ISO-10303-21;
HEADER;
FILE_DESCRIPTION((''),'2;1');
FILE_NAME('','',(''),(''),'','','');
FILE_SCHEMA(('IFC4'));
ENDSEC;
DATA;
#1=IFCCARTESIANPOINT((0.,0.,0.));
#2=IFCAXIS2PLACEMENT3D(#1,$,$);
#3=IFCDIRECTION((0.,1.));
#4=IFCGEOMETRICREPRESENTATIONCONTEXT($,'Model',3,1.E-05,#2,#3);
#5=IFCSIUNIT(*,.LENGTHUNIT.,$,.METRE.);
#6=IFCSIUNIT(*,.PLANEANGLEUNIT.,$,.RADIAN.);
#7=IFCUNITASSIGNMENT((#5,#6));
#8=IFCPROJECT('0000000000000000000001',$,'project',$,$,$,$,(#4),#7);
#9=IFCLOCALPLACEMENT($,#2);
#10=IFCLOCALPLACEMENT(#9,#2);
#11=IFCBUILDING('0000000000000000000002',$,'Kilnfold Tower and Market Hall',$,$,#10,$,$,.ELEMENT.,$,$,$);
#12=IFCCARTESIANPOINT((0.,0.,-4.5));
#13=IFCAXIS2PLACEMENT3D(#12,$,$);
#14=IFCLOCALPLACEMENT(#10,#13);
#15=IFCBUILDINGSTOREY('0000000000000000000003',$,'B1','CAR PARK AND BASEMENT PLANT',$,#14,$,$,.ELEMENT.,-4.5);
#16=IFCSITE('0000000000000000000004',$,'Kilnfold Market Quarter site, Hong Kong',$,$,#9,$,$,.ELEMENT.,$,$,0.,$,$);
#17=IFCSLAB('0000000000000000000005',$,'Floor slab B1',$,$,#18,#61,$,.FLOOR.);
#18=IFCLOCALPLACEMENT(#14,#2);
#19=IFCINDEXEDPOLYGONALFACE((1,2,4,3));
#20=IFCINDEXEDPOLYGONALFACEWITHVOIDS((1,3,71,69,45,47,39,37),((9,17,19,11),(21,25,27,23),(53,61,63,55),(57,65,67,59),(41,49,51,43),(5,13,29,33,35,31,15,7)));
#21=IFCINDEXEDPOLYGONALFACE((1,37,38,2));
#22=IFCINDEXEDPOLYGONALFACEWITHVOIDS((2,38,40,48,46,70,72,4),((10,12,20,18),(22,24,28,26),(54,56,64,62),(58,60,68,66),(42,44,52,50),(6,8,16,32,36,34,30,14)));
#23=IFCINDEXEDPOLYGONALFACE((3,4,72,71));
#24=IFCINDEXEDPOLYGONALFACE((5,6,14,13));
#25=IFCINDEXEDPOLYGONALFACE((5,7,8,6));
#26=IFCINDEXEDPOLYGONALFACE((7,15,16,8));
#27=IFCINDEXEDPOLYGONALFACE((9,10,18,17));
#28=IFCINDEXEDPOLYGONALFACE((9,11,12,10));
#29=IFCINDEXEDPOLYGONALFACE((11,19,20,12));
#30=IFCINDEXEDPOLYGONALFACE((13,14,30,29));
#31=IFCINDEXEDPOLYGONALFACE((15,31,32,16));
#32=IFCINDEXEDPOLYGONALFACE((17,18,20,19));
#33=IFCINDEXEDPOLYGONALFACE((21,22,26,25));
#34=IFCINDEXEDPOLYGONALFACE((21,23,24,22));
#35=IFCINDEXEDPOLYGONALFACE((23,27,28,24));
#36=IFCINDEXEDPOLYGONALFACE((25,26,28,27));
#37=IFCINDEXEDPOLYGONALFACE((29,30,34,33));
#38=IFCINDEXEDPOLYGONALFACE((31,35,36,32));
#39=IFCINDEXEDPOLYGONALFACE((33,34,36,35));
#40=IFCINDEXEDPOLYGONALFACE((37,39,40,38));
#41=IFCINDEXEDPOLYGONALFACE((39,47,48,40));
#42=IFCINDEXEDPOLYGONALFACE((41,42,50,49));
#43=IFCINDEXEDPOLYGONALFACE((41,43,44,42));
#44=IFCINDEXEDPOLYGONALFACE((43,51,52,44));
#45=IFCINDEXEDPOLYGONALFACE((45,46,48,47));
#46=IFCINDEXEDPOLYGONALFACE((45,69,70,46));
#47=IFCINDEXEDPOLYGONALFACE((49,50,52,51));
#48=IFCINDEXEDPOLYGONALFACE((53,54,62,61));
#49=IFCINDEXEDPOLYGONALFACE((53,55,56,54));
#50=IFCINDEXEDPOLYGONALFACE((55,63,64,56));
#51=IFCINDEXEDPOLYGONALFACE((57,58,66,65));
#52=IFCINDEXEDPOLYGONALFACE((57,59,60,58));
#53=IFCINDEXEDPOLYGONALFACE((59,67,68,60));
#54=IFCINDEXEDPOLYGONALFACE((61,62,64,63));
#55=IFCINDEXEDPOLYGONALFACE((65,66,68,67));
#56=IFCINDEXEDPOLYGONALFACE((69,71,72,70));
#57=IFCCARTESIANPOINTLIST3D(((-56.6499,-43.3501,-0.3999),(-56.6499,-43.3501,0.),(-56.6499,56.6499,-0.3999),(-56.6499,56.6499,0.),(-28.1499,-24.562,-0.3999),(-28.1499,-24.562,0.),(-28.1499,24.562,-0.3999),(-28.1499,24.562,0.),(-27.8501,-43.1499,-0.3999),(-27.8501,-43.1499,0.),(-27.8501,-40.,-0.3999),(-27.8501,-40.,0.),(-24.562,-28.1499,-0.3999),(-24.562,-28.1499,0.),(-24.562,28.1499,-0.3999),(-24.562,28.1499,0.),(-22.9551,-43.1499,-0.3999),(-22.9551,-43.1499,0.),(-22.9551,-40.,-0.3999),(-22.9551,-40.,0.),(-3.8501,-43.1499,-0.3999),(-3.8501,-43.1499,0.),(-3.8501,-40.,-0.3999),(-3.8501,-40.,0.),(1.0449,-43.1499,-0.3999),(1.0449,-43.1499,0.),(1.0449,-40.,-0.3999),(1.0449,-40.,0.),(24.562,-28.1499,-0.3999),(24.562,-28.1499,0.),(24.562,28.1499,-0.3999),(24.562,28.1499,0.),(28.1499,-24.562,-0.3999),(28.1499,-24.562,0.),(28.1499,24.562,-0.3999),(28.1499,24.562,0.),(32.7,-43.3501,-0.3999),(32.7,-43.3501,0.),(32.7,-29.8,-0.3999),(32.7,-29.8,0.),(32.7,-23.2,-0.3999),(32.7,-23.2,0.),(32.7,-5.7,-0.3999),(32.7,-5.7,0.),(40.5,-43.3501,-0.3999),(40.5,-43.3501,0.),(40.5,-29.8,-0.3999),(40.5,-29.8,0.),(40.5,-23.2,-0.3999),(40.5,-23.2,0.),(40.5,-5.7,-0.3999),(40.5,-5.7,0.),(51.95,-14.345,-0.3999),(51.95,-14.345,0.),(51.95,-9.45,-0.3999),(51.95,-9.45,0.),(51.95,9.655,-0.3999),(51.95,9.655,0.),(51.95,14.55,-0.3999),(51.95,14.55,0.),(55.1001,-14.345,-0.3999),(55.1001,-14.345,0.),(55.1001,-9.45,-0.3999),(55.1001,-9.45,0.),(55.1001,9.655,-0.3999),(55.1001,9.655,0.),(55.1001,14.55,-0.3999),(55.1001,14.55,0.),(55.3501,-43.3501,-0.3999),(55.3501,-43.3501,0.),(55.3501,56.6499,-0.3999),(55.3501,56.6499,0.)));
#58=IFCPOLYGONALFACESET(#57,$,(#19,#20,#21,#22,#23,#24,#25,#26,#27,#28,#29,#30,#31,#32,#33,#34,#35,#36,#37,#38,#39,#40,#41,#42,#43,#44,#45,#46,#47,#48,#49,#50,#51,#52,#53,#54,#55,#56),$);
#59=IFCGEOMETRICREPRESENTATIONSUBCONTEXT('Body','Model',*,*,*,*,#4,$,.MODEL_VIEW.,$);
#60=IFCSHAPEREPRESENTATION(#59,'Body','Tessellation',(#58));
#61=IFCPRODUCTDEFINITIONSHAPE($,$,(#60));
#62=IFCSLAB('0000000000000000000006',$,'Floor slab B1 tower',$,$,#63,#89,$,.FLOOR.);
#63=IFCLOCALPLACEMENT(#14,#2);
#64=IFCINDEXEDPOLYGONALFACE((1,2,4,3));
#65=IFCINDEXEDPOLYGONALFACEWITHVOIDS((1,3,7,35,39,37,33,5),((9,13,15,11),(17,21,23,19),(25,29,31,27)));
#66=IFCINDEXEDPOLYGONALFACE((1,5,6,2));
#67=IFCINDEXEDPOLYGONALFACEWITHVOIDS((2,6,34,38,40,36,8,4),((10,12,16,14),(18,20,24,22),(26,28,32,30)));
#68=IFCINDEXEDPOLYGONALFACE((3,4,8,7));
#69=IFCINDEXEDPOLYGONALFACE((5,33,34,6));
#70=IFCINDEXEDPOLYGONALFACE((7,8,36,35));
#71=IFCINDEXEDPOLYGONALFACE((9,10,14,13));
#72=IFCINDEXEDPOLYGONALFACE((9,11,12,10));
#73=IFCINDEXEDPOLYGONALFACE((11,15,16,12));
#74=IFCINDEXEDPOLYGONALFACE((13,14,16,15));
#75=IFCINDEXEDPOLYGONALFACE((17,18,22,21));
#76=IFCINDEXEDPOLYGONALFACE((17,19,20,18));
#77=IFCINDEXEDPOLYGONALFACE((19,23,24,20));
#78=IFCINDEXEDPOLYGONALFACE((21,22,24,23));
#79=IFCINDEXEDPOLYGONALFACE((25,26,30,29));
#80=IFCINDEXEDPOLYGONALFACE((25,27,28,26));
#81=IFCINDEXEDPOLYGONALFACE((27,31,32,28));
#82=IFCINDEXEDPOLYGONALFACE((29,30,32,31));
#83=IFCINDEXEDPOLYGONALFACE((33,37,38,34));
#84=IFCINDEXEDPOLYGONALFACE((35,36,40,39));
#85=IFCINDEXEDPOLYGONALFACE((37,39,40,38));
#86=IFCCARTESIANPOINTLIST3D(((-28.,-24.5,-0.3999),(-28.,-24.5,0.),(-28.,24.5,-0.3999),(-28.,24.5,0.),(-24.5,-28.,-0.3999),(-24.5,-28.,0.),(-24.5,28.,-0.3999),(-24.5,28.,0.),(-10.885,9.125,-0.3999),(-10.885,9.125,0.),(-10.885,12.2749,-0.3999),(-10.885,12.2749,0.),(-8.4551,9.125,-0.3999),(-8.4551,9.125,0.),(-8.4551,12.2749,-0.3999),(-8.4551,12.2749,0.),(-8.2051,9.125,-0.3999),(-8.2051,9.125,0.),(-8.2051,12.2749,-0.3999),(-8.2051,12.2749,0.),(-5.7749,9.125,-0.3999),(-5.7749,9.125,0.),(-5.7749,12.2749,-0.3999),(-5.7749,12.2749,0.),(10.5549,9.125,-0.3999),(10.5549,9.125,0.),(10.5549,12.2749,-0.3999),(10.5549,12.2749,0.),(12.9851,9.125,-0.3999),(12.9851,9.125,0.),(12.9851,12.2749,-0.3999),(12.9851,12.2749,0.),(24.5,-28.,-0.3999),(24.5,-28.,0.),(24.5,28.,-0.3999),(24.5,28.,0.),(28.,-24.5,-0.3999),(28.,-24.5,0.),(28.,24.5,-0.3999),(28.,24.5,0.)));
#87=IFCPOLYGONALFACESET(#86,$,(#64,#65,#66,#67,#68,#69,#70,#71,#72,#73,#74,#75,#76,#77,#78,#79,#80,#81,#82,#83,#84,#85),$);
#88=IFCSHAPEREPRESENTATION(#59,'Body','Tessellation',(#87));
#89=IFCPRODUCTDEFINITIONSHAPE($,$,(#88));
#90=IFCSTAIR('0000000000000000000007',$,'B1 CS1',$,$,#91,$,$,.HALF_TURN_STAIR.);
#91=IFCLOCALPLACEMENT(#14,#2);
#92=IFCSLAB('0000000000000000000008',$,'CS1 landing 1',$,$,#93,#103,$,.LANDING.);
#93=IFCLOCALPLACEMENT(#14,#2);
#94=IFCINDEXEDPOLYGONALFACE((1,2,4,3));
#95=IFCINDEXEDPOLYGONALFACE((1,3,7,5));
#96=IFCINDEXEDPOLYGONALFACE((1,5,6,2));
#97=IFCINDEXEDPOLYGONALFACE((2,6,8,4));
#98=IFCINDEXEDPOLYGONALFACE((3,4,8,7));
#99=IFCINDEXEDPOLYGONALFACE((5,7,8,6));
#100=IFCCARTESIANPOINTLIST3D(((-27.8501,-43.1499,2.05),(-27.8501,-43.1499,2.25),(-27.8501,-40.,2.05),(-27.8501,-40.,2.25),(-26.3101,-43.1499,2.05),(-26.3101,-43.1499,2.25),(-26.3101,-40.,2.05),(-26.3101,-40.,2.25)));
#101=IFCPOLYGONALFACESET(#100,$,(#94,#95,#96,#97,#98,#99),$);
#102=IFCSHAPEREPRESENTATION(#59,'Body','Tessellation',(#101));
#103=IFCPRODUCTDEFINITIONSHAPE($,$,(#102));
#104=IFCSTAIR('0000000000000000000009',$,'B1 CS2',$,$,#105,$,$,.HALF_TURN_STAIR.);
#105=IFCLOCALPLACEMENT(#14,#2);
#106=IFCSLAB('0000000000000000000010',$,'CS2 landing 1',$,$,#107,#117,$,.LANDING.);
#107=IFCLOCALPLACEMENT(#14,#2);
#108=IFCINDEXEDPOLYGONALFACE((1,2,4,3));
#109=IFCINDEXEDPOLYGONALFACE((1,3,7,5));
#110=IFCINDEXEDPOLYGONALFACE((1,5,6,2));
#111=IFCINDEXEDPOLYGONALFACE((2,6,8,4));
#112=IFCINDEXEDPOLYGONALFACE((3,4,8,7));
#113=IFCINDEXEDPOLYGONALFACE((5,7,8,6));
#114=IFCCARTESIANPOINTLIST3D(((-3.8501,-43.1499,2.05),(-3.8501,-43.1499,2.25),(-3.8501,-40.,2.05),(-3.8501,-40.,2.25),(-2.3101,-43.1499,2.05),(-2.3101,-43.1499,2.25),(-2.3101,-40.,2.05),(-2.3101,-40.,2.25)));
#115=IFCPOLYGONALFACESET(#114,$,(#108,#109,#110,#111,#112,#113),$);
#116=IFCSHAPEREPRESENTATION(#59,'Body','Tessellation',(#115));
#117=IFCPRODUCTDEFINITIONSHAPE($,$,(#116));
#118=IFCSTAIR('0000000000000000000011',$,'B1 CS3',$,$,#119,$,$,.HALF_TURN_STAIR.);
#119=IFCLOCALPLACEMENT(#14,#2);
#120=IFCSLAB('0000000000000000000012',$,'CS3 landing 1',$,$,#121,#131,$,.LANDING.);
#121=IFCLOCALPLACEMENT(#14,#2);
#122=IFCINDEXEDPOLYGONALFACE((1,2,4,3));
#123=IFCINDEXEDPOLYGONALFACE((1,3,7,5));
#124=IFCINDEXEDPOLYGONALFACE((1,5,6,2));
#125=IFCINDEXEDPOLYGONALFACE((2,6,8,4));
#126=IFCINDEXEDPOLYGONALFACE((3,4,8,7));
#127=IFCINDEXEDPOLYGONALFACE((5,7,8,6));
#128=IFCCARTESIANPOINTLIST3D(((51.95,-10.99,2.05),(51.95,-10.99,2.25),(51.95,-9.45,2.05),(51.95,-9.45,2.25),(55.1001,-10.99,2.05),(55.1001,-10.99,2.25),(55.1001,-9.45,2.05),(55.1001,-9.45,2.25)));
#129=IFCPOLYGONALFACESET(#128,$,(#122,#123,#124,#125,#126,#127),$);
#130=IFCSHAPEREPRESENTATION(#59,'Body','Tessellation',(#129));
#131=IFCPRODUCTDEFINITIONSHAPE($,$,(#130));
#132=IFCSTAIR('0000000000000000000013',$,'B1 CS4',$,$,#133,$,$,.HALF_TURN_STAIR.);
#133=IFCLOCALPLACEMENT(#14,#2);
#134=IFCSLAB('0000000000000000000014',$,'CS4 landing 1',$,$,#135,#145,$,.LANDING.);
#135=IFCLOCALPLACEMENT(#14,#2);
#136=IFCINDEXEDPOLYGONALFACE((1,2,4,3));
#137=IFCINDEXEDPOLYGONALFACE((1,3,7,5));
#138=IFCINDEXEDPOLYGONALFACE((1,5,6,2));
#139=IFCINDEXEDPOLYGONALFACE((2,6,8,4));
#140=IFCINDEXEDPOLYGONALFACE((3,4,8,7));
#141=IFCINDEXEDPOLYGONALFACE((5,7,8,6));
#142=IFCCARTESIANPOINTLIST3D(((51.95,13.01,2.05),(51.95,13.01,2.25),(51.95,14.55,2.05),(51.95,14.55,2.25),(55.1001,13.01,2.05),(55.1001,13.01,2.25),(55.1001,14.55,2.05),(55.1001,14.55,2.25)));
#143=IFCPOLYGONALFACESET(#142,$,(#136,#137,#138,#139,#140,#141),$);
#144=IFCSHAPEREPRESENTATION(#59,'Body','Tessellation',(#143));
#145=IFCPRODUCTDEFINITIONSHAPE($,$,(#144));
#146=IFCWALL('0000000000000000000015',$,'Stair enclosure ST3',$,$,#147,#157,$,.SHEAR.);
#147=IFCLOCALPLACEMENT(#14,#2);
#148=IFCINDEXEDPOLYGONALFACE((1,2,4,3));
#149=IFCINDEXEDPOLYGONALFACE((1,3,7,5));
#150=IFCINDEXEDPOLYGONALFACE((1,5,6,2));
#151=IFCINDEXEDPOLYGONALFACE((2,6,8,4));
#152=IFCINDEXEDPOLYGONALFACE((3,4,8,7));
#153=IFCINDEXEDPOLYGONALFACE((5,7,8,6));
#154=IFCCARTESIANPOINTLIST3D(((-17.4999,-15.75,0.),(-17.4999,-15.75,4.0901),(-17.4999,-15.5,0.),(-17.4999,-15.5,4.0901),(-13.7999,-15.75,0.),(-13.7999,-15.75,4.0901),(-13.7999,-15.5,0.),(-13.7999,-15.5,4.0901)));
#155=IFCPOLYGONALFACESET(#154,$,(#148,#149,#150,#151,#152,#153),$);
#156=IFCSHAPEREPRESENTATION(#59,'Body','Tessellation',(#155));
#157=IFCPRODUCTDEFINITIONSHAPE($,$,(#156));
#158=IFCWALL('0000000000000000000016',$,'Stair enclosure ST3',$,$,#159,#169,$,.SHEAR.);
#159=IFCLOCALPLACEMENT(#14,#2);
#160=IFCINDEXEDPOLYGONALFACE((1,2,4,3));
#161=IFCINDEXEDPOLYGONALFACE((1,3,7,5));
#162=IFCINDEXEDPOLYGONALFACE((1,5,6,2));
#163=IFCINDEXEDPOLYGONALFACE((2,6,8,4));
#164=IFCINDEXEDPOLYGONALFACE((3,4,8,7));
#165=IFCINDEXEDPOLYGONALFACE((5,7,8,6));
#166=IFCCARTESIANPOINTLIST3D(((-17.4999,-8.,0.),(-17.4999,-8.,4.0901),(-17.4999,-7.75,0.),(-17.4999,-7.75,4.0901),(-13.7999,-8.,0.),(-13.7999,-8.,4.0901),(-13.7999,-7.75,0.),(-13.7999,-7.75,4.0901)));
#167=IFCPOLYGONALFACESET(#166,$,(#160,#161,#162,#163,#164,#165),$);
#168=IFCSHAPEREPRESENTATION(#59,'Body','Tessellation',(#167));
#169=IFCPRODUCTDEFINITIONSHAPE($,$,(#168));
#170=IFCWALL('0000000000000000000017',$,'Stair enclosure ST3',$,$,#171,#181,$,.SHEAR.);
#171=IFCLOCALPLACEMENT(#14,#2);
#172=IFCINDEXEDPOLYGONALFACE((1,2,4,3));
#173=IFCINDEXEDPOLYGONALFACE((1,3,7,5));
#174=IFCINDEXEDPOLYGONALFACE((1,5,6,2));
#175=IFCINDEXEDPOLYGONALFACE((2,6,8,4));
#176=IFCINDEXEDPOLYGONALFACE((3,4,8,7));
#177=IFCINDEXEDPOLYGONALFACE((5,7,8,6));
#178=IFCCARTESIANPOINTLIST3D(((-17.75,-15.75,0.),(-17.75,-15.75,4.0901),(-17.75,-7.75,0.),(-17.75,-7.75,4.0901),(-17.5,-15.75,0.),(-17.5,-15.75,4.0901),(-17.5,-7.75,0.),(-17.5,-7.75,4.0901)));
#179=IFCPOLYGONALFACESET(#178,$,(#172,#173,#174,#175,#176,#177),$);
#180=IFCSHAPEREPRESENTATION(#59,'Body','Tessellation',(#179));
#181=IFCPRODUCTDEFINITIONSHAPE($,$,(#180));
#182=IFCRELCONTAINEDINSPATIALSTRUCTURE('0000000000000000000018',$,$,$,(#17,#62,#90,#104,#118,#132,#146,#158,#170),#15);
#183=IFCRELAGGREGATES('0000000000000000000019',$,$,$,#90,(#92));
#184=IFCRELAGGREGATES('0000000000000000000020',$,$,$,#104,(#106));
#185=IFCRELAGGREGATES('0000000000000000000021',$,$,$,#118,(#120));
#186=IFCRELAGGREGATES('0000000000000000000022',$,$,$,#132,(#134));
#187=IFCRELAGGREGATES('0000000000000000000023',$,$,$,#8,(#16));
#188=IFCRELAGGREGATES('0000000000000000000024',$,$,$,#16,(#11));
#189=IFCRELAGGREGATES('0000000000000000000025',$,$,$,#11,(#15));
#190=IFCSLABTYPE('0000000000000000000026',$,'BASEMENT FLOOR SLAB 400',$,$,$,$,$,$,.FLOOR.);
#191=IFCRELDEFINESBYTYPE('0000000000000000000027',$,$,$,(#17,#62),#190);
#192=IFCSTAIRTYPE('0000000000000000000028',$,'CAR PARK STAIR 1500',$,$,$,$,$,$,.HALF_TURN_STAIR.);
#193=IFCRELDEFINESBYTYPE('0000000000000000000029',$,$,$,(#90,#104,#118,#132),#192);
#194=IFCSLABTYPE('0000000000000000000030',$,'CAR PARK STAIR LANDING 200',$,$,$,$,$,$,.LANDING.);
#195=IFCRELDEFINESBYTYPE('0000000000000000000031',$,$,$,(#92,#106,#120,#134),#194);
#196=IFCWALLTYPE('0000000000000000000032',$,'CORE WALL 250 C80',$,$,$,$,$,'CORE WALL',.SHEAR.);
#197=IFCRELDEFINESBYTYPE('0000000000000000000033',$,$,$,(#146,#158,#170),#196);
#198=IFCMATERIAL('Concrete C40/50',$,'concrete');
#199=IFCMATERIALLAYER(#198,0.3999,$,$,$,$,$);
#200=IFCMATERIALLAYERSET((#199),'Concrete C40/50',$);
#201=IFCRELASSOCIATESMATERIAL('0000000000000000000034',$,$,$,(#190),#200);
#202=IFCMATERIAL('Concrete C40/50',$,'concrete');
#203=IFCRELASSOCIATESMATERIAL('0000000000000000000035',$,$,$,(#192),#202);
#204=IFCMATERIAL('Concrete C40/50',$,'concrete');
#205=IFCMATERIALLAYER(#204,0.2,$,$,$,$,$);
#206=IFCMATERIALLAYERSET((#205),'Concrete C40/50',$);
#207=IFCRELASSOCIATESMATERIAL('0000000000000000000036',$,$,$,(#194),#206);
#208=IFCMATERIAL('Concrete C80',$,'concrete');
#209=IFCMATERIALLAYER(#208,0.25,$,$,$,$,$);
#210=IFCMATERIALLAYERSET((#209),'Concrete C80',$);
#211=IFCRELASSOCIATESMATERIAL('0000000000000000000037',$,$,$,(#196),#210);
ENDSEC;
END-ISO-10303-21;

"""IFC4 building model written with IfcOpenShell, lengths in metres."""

from ifc_helpers import new_model, si_unit, direction, frame, frame_2d, origin, place, context, subcontext, project, spatial, polyline, rectangle, outline, extrude, source, transform, mapped, material, layer, layer_set, type_object, element, aggregate, save


model = new_model("IFC4")

# Units and contexts
model_context = context("Model", 3, precision=1e-05, world=origin(), true_north=direction((0.0, 1.0)))
body_context = subcontext(model_context, "Body", "Model", "MODEL_VIEW")
ifc_project = project(units=[si_unit("LENGTHUNIT", "METRE"), si_unit("PLANEANGLEUNIT", "RADIAN")], contexts=[model_context])

# Site, building, storey
site_placement = place(None, origin())
site = spatial("IfcSite", under=ifc_project, at=site_placement, Name="Kilnfold Market Quarter site, Hong Kong", CompositionType="ELEMENT", RefElevation=0.0)
building_placement = place(site_placement, origin())
building = spatial("IfcBuilding", under=site, at=building_placement, Name="Kilnfold Tower and Market Hall", CompositionType="ELEMENT")
storey_placement = place(building_placement, frame((0.0, 0.0, -4.5)))
storey = spatial("IfcBuildingStorey", under=building, at=storey_placement, Name="B1", Description="CAR PARK AND BASEMENT PLANT", CompositionType="ELEMENT", Elevation=-4.5)

# Slabs
ifc_material_1 = material(Name="Concrete C40/50", Category="concrete")
ifc_layer_1 = layer(ifc_material_1, 0.3999)
ifc_layer_set_1 = layer_set([ifc_layer_1], Name="Concrete C40/50")
slab_type_1 = type_object("IfcSlabType", Name="BASEMENT FLOOR SLAB 400", PredefinedType="FLOOR", material=ifc_layer_set_1)
shared_shape_1 = source(origin(), body_context, "Body", "SweptSolid", [
    extrude(outline(polyline([(-56.6499, -43.3501), (32.7, -43.3501), (32.7, -29.8), (40.5, -29.8), (40.5, -43.3501), (55.3501, -43.3501), (55.3501, 56.6499), (-56.6499, 56.6499), (-56.6499, -43.3501)]), holes=[polyline([(-27.8501, -43.1499), (-22.9551, -43.1499), (-22.9551, -40.0), (-27.8501, -40.0), (-27.8501, -43.1499)]), polyline([(-24.562, -28.1499), (24.562, -28.1499), (28.1499, -24.562), (28.1499, 24.562), (24.562, 28.1499), (-24.562, 28.1499), (-28.1499, 24.562), (-28.1499, -24.562), (-24.562, -28.1499)]), polyline([(-3.8501, -43.1499), (1.0449, -43.1499), (1.0449, -40.0), (-3.8501, -40.0), (-3.8501, -43.1499)]), polyline([(32.7, -23.2), (40.5, -23.2), (40.5, -5.7), (32.7, -5.7), (32.7, -23.2)]), polyline([(51.95, -14.345), (55.1001, -14.345), (55.1001, -9.45), (51.95, -9.45), (51.95, -14.345)]), polyline([(51.95, 9.655), (55.1001, 9.655), (55.1001, 14.55), (51.95, 14.55), (51.95, 9.655)])]), origin(), (0.0, 0.0, 1.0), 0.3999),
])
slab_1_placement = place(storey_placement, frame((0.0, 0.0, -0.3999)))
element("IfcSlab", 1, at=slab_1_placement, inside=storey, type_object=slab_type_1, Name="Floor slab B1", PredefinedType="FLOOR", context=body_context, shape_type="MappedRepresentation", body=[
    mapped(shared_shape_1, transform((0.0, 0.0, 0.0))),
])
shared_shape_2 = source(origin(), body_context, "Body", "SweptSolid", [
    extrude(outline(polyline([(-24.5, -28.0), (24.5, -28.0), (28.0, -24.5), (28.0, 24.5), (24.5, 28.0), (-24.5, 28.0), (-28.0, 24.5), (-28.0, -24.5), (-24.5, -28.0)]), holes=[polyline([(-10.885, 9.125), (-8.4551, 9.125), (-8.4551, 12.2749), (-10.885, 12.2749), (-10.885, 9.125)]), polyline([(-8.2051, 9.125), (-5.7749, 9.125), (-5.7749, 12.2749), (-8.2051, 12.2749), (-8.2051, 9.125)]), polyline([(10.5549, 9.125), (12.9851, 9.125), (12.9851, 12.2749), (10.5549, 12.2749), (10.5549, 9.125)])]), origin(), (0.0, 0.0, 1.0), 0.3999),
])
slab_2_placement = place(storey_placement, frame((0.0, 0.0, -0.3999)))
element("IfcSlab", 2, at=slab_2_placement, inside=storey, type_object=slab_type_1, Name="Floor slab B1 tower", PredefinedType="FLOOR", context=body_context, shape_type="MappedRepresentation", body=[
    mapped(shared_shape_2, transform((0.0, 0.0, 0.0))),
])

# Stairs, slabs
ifc_material_2 = material(Name="Concrete C40/50", Category="concrete")
stair_type = type_object("IfcStairType", Name="CAR PARK STAIR 1500", PredefinedType="HALF_TURN_STAIR", material=ifc_material_2)
stair_1_placement = place(storey_placement, origin())
stair_1 = element("IfcStair", 3, at=stair_1_placement, inside=storey, type_object=stair_type, Name="B1 CS1", PredefinedType="HALF_TURN_STAIR")
ifc_material_3 = material(Name="Concrete C40/50", Category="concrete")
ifc_layer_2 = layer(ifc_material_3, 0.2)
ifc_layer_set_2 = layer_set([ifc_layer_2], Name="Concrete C40/50")
slab_type_2 = type_object("IfcSlabType", Name="CAR PARK STAIR LANDING 200", PredefinedType="LANDING", material=ifc_layer_set_2)
shared_shape_3 = source(origin(), body_context, "Body", "SweptSolid", [
    extrude(outline(polyline([(-26.3101, -40.0), (-27.8501, -40.0), (-27.8501, -43.1499), (-26.3101, -43.1499), (-26.3101, -40.0)])), origin(), (0.0, 0.0, 1.0), 0.2),
])
slab_3_placement = place(storey_placement, frame((0.0, 0.0, 2.05)))
slab_3 = element("IfcSlab", 4, at=slab_3_placement, type_object=slab_type_2, Name="CS1 landing 1", PredefinedType="LANDING", context=body_context, shape_type="MappedRepresentation", body=[
    mapped(shared_shape_3, transform((0.0, 0.0, 0.0))),
])
aggregate(stair_1, [slab_3])
stair_2_placement = place(storey_placement, origin())
stair_2 = element("IfcStair", 5, at=stair_2_placement, inside=storey, type_object=stair_type, Name="B1 CS2", PredefinedType="HALF_TURN_STAIR")
shared_shape_4 = source(origin(), body_context, "Body", "SweptSolid", [
    extrude(outline(polyline([(-2.3101, -40.0), (-3.8501, -40.0), (-3.8501, -43.1499), (-2.3101, -43.1499), (-2.3101, -40.0)])), origin(), (0.0, 0.0, 1.0), 0.2),
])
slab_4_placement = place(storey_placement, frame((0.0, 0.0, 2.05)))
slab_4 = element("IfcSlab", 6, at=slab_4_placement, type_object=slab_type_2, Name="CS2 landing 1", PredefinedType="LANDING", context=body_context, shape_type="MappedRepresentation", body=[
    mapped(shared_shape_4, transform((0.0, 0.0, 0.0))),
])
aggregate(stair_2, [slab_4])
stair_3_placement = place(storey_placement, origin())
stair_3 = element("IfcStair", 7, at=stair_3_placement, inside=storey, type_object=stair_type, Name="B1 CS3", PredefinedType="HALF_TURN_STAIR")
shared_shape_5 = source(origin(), body_context, "Body", "SweptSolid", [
    extrude(outline(polyline([(55.1001, -10.99), (55.1001, -9.45), (51.95, -9.45), (51.95, -10.99), (55.1001, -10.99)])), origin(), (0.0, 0.0, 1.0), 0.2),
])
slab_5_placement = place(storey_placement, frame((0.0, 0.0, 2.05)))
slab_5 = element("IfcSlab", 8, at=slab_5_placement, type_object=slab_type_2, Name="CS3 landing 1", PredefinedType="LANDING", context=body_context, shape_type="MappedRepresentation", body=[
    mapped(shared_shape_5, transform((0.0, 0.0, 0.0))),
])
aggregate(stair_3, [slab_5])
stair_4_placement = place(storey_placement, origin())
stair_4 = element("IfcStair", 9, at=stair_4_placement, inside=storey, type_object=stair_type, Name="B1 CS4", PredefinedType="HALF_TURN_STAIR")
shared_shape_6 = source(origin(), body_context, "Body", "SweptSolid", [
    extrude(outline(polyline([(55.1001, 13.01), (55.1001, 14.55), (51.95, 14.55), (51.95, 13.01), (55.1001, 13.01)])), origin(), (0.0, 0.0, 1.0), 0.2),
])
slab_6_placement = place(storey_placement, frame((0.0, 0.0, 2.05)))
slab_6 = element("IfcSlab", 10, at=slab_6_placement, type_object=slab_type_2, Name="CS4 landing 1", PredefinedType="LANDING", context=body_context, shape_type="MappedRepresentation", body=[
    mapped(shared_shape_6, transform((0.0, 0.0, 0.0))),
])
aggregate(stair_4, [slab_6])

# Walls
ifc_material_4 = material(Name="Concrete C80", Category="concrete")
ifc_layer_3 = layer(ifc_material_4, 0.25)
ifc_layer_set_3 = layer_set([ifc_layer_3], Name="Concrete C80")
wall_type_1 = type_object("IfcWallType", Name="CORE WALL 250 C80", ElementType="CORE WALL", PredefinedType="SHEAR", material=ifc_layer_set_3)
shared_shape_7 = source(origin(), body_context, "Body", "SweptSolid", [
    extrude(rectangle(XDim=3.7, YDim=0.25, at=frame_2d((1.8501, 0.0))), origin(), (0.0, 0.0, 1.0), 4.0901),
])
for number, where, z_axis, x_axis, name in (
    (11, (-17.5, -15.625, 0.0), (0.0, 0.0, 1.0), (1.0, 0.0, 0.0), "Stair enclosure ST3"),
    (12, (-17.5, -7.875, 0.0), (0.0, 0.0, 1.0), (1.0, 0.0, 0.0), "Stair enclosure ST3"),
):
    element("IfcWall", number, at=place(storey_placement, frame(where, z_axis=z_axis, x_axis=x_axis)), inside=storey, type_object=wall_type_1, Name=name, PredefinedType="SHEAR", context=body_context, shape_type="MappedRepresentation", body=[
        mapped(shared_shape_7, transform((0.0, 0.0, 0.0))),
    ])
shared_shape_8 = source(origin(), body_context, "Body", "SweptSolid", [
    extrude(rectangle(XDim=8.0, YDim=0.25, at=frame_2d((4.0, 0.0))), origin(), (0.0, 0.0, 1.0), 4.0901),
])
for number, where, z_axis, x_axis, name in (
    (13, (-17.625, -15.75, 0.0), (0.0, 0.0, 1.0), (0.0, 1.0, 0.0), "Stair enclosure ST3"),
):
    element("IfcWall", number, at=place(storey_placement, frame(where, z_axis=z_axis, x_axis=x_axis)), inside=storey, type_object=wall_type_1, Name=name, PredefinedType="SHEAR", context=body_context, shape_type="MappedRepresentation", body=[
        mapped(shared_shape_8, transform((0.0, 0.0, 0.0))),
    ])

save(model, "model.ifc")
